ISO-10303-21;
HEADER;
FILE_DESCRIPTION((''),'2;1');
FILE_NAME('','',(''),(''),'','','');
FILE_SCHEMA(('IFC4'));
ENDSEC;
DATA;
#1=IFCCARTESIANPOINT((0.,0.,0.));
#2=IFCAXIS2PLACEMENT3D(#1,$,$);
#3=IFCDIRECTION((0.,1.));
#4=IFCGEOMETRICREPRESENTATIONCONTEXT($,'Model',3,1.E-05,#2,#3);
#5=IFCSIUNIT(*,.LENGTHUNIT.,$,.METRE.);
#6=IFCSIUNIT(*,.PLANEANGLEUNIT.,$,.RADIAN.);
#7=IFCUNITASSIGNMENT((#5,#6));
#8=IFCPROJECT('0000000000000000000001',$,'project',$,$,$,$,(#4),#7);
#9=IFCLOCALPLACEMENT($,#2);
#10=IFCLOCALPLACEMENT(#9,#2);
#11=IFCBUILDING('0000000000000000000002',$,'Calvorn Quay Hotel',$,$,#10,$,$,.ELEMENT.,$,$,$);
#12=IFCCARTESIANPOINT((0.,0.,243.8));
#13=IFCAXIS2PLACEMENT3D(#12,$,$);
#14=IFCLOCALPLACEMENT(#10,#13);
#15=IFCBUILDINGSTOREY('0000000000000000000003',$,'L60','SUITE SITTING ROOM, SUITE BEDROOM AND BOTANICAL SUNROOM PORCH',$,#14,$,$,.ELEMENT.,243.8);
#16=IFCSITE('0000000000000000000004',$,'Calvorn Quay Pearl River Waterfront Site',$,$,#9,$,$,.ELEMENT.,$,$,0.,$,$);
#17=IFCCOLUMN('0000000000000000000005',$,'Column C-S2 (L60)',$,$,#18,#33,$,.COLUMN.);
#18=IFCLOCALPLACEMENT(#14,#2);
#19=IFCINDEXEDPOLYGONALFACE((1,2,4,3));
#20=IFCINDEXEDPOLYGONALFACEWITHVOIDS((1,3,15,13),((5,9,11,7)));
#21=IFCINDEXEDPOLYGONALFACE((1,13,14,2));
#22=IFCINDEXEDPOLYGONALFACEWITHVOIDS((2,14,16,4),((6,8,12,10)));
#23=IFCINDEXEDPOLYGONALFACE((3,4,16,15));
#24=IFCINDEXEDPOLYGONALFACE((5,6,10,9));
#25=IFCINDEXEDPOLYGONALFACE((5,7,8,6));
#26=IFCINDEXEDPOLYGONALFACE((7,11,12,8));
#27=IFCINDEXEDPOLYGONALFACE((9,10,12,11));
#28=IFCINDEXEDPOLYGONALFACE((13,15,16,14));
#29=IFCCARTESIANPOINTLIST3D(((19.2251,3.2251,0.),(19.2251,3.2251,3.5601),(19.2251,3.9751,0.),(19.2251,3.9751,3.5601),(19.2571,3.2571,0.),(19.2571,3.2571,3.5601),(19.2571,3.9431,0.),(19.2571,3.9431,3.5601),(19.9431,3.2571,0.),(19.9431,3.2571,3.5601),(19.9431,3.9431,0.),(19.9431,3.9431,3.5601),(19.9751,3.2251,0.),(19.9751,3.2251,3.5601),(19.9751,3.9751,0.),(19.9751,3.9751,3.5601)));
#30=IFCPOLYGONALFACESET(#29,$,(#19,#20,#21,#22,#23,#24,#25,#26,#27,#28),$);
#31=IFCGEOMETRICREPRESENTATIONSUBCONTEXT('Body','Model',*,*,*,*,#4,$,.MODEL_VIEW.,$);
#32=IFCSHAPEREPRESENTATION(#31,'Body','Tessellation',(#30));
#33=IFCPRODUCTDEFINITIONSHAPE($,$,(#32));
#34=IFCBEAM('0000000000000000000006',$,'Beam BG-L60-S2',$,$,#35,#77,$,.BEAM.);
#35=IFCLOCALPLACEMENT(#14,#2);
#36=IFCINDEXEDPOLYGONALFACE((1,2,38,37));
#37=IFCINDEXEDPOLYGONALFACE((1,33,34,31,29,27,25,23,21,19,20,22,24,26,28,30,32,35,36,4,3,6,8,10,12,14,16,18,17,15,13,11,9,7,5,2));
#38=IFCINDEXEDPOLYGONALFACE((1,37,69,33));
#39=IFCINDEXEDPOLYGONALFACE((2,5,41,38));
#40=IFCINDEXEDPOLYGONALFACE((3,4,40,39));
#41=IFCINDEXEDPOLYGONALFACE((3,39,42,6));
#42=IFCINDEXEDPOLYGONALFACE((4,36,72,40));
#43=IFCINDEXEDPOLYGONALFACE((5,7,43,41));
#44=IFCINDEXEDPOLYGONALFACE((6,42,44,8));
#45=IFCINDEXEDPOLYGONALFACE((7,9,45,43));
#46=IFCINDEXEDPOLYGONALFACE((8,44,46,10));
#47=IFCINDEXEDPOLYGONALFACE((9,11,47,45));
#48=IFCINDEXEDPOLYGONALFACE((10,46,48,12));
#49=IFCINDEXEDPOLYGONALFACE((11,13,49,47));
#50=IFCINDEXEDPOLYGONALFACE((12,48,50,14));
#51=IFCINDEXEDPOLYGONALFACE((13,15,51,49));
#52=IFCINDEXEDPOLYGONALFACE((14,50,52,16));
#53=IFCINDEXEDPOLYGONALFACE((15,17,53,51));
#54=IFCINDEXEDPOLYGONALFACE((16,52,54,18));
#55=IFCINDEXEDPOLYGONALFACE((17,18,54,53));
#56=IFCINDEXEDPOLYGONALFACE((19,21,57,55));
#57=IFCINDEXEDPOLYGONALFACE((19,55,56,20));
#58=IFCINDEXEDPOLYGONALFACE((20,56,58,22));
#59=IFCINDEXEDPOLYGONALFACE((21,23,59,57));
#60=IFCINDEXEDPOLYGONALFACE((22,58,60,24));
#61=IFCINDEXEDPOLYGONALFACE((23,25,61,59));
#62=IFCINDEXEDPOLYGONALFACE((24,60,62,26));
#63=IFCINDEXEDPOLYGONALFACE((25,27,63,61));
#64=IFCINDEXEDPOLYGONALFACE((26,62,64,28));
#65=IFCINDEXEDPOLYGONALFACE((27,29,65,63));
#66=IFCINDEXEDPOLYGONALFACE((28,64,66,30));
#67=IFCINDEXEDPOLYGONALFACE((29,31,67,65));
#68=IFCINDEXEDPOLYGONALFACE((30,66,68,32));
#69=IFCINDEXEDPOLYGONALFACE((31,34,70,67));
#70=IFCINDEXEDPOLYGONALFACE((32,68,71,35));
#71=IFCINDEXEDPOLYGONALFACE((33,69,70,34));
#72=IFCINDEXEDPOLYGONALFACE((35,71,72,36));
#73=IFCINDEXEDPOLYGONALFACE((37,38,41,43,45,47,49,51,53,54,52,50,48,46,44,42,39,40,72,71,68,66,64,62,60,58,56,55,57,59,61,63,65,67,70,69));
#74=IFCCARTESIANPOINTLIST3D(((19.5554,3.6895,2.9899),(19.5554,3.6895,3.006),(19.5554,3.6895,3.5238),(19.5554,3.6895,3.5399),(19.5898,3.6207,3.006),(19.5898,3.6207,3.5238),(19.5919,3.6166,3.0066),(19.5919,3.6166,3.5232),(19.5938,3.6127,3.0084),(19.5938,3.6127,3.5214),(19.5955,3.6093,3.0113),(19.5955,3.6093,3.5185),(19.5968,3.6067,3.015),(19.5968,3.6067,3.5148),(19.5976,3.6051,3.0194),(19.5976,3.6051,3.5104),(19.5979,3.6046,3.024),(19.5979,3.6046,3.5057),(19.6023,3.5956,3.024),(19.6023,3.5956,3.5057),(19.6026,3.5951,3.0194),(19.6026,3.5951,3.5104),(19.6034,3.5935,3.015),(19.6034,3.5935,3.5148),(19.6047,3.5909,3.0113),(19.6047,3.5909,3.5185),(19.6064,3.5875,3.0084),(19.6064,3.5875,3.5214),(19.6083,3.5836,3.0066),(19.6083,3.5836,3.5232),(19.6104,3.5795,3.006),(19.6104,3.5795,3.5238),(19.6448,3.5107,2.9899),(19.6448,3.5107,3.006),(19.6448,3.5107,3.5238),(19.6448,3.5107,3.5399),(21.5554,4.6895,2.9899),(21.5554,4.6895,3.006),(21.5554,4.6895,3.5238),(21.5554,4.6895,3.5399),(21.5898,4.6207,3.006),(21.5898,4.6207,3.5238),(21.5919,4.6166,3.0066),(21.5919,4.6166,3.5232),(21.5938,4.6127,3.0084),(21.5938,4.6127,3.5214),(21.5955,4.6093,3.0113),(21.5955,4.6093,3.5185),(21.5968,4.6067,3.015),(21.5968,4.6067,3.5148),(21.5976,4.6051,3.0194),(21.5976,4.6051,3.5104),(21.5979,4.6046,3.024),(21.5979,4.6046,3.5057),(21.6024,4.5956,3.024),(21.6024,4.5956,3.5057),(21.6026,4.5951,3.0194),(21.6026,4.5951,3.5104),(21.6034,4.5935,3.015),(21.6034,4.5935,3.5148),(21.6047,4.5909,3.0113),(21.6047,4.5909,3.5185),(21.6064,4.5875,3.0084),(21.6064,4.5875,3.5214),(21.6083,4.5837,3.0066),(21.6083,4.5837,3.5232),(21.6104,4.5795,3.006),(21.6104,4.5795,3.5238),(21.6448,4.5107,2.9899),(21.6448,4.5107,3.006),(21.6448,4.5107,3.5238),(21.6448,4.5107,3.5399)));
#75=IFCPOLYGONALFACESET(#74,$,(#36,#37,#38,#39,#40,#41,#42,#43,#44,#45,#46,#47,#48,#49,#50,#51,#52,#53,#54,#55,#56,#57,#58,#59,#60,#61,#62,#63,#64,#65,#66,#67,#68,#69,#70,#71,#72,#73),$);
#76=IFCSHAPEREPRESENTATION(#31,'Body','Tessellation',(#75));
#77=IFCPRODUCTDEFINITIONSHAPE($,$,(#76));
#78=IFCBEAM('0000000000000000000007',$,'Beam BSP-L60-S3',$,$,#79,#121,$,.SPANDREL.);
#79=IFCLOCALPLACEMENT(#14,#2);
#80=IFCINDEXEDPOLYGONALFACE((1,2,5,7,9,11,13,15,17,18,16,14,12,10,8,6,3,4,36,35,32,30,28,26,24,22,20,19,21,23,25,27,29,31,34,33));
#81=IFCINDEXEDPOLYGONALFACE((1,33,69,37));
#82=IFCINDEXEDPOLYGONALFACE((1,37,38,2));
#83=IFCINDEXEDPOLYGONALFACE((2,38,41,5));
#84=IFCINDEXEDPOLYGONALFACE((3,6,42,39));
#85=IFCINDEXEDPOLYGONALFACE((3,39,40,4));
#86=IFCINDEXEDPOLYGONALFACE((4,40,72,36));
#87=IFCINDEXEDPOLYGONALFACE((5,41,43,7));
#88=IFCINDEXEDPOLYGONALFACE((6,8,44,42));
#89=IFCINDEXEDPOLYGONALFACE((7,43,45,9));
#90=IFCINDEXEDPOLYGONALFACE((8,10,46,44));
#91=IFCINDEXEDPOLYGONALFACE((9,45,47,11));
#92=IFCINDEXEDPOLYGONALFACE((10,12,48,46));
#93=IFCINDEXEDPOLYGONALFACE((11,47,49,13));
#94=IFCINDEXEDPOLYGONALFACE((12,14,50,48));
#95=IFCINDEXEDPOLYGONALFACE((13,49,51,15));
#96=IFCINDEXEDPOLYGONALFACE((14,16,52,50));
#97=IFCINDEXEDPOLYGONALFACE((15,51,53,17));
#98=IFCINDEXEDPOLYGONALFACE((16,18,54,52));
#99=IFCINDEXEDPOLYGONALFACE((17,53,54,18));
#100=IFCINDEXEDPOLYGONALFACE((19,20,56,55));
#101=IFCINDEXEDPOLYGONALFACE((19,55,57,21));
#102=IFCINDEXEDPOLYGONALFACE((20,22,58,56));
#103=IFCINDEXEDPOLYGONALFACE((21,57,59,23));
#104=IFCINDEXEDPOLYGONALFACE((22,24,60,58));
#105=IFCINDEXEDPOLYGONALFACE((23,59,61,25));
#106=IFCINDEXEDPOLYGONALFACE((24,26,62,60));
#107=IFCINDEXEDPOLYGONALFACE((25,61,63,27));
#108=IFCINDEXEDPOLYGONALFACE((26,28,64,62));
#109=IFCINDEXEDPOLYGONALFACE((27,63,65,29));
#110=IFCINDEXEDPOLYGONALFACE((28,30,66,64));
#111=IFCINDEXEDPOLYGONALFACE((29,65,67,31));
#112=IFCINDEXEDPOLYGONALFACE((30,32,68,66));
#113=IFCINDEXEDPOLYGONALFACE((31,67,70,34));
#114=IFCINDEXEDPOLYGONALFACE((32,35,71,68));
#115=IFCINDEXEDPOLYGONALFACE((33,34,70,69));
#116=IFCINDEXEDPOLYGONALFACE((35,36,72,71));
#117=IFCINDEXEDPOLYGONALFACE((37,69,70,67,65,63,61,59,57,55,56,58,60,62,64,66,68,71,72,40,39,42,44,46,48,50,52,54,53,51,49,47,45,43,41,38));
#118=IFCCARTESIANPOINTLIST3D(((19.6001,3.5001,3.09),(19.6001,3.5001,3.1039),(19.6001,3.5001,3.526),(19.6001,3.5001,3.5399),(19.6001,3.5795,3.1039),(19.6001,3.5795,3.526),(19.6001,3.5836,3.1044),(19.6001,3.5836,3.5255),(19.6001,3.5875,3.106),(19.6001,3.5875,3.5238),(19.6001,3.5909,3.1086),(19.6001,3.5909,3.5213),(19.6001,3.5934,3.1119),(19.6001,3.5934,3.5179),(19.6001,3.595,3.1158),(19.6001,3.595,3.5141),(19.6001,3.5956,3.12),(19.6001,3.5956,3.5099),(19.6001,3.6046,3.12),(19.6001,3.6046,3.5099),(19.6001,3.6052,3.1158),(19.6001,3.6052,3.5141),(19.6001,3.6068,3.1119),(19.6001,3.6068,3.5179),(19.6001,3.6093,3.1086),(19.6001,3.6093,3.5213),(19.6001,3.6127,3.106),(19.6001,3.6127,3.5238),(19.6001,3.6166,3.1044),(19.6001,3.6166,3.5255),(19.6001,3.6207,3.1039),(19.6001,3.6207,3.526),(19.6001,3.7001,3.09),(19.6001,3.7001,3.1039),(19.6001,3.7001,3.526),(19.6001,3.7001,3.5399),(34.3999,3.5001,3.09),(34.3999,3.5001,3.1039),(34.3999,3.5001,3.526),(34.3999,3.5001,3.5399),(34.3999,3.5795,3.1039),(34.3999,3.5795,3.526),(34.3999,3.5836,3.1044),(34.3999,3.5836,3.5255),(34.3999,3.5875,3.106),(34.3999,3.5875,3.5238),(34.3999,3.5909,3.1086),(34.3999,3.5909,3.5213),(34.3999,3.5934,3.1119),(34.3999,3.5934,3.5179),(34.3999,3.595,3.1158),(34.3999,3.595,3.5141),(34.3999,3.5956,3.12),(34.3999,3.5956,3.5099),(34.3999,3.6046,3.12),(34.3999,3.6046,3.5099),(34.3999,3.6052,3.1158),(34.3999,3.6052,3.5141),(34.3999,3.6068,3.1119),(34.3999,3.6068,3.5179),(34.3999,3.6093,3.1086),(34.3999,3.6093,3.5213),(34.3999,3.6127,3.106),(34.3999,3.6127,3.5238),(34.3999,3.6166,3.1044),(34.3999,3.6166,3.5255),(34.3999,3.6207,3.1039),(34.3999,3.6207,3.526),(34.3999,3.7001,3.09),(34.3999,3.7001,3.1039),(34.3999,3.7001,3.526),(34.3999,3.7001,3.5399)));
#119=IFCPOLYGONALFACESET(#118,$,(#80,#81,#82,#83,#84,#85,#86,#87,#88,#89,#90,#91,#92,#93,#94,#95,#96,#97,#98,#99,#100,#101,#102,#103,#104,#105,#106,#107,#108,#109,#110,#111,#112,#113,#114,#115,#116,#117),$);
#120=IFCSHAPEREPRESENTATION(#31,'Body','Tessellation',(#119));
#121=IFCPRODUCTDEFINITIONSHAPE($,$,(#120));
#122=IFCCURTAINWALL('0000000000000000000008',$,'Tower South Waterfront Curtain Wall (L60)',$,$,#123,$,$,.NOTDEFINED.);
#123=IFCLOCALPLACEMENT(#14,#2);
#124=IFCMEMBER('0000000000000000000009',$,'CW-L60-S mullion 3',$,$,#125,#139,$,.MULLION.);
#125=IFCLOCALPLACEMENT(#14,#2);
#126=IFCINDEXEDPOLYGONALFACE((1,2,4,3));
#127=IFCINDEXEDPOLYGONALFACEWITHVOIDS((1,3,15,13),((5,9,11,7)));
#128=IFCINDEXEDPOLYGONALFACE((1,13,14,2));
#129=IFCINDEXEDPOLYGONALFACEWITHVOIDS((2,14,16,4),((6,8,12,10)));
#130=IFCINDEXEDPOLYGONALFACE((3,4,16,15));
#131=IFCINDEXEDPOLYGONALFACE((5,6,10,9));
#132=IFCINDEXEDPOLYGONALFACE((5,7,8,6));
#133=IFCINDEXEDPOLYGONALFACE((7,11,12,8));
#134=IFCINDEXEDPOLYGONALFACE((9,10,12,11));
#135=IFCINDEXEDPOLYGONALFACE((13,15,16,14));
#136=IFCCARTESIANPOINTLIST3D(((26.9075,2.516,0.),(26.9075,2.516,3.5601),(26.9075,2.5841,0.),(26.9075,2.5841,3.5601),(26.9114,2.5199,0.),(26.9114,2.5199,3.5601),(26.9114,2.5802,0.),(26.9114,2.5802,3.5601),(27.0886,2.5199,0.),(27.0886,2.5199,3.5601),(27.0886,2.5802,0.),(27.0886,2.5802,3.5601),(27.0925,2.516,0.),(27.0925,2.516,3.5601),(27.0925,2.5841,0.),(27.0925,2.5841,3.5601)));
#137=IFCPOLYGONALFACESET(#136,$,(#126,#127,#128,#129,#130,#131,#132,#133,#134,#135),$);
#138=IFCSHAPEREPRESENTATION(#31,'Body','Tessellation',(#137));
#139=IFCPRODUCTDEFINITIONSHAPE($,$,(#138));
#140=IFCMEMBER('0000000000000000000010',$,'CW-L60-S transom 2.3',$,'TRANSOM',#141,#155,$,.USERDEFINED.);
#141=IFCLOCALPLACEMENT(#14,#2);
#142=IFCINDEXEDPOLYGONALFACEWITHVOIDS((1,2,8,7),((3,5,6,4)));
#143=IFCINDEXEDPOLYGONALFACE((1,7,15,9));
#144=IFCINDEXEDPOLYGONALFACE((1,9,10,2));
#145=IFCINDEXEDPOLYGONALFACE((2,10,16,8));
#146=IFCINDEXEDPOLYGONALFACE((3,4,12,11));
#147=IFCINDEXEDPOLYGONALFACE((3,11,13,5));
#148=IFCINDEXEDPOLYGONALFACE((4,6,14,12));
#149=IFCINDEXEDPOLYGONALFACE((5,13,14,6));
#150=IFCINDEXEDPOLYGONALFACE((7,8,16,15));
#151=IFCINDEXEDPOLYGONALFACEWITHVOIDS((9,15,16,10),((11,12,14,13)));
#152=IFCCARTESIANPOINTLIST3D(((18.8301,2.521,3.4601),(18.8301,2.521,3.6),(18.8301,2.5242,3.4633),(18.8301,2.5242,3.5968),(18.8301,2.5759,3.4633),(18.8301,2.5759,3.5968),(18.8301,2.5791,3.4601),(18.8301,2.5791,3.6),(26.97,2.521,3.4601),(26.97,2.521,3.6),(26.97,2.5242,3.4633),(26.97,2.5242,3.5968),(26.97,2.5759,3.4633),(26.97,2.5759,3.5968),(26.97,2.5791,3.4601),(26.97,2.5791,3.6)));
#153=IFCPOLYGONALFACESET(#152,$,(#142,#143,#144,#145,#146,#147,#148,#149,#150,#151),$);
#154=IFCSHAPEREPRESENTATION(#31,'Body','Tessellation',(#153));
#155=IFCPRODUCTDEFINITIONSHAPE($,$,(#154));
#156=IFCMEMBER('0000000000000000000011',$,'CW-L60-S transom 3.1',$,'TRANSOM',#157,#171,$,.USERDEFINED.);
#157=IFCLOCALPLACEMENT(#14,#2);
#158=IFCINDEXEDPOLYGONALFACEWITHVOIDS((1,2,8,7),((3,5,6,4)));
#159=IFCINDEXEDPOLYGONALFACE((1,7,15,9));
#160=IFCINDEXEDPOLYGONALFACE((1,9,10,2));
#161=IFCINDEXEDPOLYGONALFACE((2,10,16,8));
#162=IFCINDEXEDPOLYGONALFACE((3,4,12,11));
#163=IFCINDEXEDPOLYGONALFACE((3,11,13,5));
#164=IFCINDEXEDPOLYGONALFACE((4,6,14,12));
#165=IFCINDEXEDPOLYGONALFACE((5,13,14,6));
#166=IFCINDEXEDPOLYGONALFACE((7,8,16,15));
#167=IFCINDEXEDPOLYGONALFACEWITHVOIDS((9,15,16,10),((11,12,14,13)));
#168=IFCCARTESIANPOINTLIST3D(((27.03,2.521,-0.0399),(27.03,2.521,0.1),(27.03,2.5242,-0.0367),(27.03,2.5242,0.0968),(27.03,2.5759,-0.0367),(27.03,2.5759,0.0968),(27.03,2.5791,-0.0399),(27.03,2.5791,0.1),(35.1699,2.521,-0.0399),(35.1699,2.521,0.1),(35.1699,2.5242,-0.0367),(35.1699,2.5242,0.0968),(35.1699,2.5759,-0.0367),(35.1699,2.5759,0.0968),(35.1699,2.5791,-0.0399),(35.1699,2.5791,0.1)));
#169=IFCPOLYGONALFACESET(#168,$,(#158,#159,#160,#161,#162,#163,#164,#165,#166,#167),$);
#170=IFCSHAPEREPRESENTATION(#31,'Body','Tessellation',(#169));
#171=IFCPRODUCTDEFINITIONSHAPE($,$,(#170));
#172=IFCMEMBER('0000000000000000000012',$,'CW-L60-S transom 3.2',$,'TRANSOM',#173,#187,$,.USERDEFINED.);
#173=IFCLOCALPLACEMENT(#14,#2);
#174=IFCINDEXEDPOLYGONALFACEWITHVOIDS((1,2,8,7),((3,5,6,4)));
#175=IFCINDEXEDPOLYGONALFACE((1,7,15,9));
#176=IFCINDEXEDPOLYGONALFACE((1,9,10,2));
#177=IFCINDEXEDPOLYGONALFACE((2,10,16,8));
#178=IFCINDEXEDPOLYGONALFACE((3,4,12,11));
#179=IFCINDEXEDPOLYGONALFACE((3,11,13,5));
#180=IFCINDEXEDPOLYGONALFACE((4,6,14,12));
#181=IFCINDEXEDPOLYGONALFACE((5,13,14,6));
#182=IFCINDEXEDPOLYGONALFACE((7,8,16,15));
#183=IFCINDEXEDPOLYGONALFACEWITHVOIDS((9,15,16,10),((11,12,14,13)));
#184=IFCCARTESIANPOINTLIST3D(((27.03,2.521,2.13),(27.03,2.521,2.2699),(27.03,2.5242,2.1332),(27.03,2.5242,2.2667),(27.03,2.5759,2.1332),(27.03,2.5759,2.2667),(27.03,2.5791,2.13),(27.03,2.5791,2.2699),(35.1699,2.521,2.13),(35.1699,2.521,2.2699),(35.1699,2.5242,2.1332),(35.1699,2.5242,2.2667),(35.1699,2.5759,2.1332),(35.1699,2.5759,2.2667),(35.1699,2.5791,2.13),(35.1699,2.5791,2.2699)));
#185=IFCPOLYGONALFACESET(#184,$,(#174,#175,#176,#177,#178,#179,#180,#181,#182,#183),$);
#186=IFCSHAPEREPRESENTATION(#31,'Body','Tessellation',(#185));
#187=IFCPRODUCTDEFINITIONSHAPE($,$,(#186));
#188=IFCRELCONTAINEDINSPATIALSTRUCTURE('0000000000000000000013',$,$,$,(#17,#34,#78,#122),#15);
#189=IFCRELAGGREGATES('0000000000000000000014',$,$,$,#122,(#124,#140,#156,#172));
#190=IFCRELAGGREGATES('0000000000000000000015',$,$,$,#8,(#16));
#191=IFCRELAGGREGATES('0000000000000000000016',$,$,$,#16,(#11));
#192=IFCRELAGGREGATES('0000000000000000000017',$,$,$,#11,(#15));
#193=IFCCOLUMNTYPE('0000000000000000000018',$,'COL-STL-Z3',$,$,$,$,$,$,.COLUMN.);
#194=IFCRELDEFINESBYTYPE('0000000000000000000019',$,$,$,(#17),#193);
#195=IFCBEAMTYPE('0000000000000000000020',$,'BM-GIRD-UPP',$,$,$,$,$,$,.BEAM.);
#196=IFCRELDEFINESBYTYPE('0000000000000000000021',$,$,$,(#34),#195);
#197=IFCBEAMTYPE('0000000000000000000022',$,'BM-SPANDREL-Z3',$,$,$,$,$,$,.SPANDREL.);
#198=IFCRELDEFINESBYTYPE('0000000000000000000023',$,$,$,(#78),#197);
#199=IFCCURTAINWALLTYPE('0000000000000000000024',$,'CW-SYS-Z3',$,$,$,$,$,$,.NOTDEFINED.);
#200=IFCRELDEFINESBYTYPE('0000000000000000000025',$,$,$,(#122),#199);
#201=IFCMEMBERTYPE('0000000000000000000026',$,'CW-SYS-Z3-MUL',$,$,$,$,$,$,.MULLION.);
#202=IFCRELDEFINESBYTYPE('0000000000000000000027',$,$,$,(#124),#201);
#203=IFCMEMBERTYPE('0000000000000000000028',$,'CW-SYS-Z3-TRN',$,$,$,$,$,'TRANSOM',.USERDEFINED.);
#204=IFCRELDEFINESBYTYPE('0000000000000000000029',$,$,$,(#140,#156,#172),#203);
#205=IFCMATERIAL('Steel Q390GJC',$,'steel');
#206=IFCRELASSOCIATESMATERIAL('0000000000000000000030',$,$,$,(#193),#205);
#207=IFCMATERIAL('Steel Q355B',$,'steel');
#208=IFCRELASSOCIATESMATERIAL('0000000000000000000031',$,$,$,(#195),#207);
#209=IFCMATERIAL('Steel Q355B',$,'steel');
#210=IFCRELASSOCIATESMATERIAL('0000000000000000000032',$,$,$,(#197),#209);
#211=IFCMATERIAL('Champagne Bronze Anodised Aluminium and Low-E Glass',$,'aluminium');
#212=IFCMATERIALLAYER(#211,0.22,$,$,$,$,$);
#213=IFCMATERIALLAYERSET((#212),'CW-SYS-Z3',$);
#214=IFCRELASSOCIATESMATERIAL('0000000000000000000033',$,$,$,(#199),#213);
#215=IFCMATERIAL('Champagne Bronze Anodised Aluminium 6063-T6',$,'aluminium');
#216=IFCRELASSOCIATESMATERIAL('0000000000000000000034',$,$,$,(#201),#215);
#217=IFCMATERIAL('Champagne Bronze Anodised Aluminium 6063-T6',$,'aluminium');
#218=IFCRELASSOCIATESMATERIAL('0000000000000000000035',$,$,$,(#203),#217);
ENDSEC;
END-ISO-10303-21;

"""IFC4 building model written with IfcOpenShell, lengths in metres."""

from ifc_helpers import new_model, si_unit, direction, frame, origin, origin_2d, place, context, subcontext, project, spatial, hollow_rectangle, i_section, extrude, material, layer, layer_set, material_profile, profile_set, type_object, element, aggregate, save


model = new_model("IFC4")

# Units and contexts
model_context = context("Model", 3, precision=1e-05, world=origin(), true_north=direction((0.0, 1.0)))
body_context = subcontext(model_context, "Body", "Model", "MODEL_VIEW")
ifc_project = project(units=[si_unit("LENGTHUNIT", "METRE"), si_unit("PLANEANGLEUNIT", "RADIAN")], contexts=[model_context])

# Site, building, storey
site_placement = place(None, origin())
site = spatial("IfcSite", under=ifc_project, at=site_placement, Name="Calvorn Quay Pearl River Waterfront Site", CompositionType="ELEMENT", RefElevation=0.0)
building_placement = place(site_placement, origin())
building = spatial("IfcBuilding", under=site, at=building_placement, Name="Calvorn Quay Hotel", CompositionType="ELEMENT")
storey_placement = place(building_placement, frame((0.0, 0.0, 243.8)))
storey = spatial("IfcBuildingStorey", under=building, at=storey_placement, Name="L60", Description="SUITE SITTING ROOM, SUITE BEDROOM AND BOTANICAL SUNROOM PORCH", CompositionType="ELEMENT", Elevation=243.8)

# Column
ifc_material_1 = material(Name="Steel Q390GJC", Category="steel")
ifc_material_profile_1 = material_profile(ifc_material_1, hollow_rectangle(XDim=0.75, YDim=0.75, WallThickness=0.032, at=origin_2d()), Name="BOX750x750x32")
ifc_profile_set_1 = profile_set([ifc_material_profile_1], Name="Steel Q390GJC")
column_type = type_object("IfcColumnType", Name="COL-STL-Z3", PredefinedType="COLUMN", material=ifc_profile_set_1)
column_placement = place(storey_placement, frame((19.6001, 3.6001, 0.0), z_axis=(0.0, 0.0, 1.0), x_axis=(1.0, 0.0, 0.0)))
element("IfcColumn", 1, at=column_placement, inside=storey, type_object=column_type, Name="Column C-S2 (L60)", PredefinedType="COLUMN", context=body_context, shape_type="SweptSolid", body=[
    extrude(hollow_rectangle(XDim=0.75, YDim=0.75, WallThickness=0.032, at=origin_2d()), origin(), (0.0, 0.0, 1.0), 3.5601),
])

# Beams
ifc_material_2 = material(Name="Steel Q355B", Category="steel")
ifc_material_profile_2 = material_profile(ifc_material_2, i_section(OverallWidth=0.2, OverallDepth=0.55, WebThickness=0.01, FlangeThickness=0.0161, FilletRadius=0.0181, at=origin_2d()), Name="HN550x200x10x16")
ifc_profile_set_2 = profile_set([ifc_material_profile_2], Name="Steel Q355B")
beam_type_1 = type_object("IfcBeamType", Name="BM-GIRD-UPP", PredefinedType="BEAM", material=ifc_profile_set_2)
beam_1_placement = place(storey_placement, frame((19.6001, 3.6001, 3.2649), z_axis=(0.894427, 0.447214, 0.0), x_axis=(-0.447214, 0.894427, 0.0)))
element("IfcBeam", 2, at=beam_1_placement, inside=storey, type_object=beam_type_1, Name="Beam BG-L60-S2", PredefinedType="BEAM", context=body_context, shape_type="SweptSolid", body=[
    extrude(i_section(OverallWidth=0.2, OverallDepth=0.55, WebThickness=0.01, FlangeThickness=0.0161, FilletRadius=0.0181, at=origin_2d()), origin(), (0.0, 0.0, 1.0), 2.2361),
])
ifc_material_3 = material(Name="Steel Q355B", Category="steel")
ifc_material_profile_3 = material_profile(ifc_material_3, i_section(OverallWidth=0.2, OverallDepth=0.45, WebThickness=0.009, FlangeThickness=0.0139, FilletRadius=0.0161, at=origin_2d()), Name="HN450x200x9x14")
ifc_profile_set_3 = profile_set([ifc_material_profile_3], Name="Steel Q355B")
beam_type_2 = type_object("IfcBeamType", Name="BM-SPANDREL-Z3", PredefinedType="SPANDREL", material=ifc_profile_set_3)
beam_2_placement = place(storey_placement, frame((19.6001, 3.6001, 3.3149), z_axis=(1.0, 0.0, 0.0), x_axis=(0.0, 1.0, 0.0)))
element("IfcBeam", 3, at=beam_2_placement, inside=storey, type_object=beam_type_2, Name="Beam BSP-L60-S3", PredefinedType="SPANDREL", context=body_context, shape_type="SweptSolid", body=[
    extrude(i_section(OverallWidth=0.2, OverallDepth=0.45, WebThickness=0.009, FlangeThickness=0.0139, FilletRadius=0.0161, at=origin_2d()), origin(), (0.0, 0.0, 1.0), 14.7998),
])

# Curtain wall, members
ifc_material_4 = material(Name="Champagne Bronze Anodised Aluminium and Low-E Glass", Category="aluminium")
ifc_layer_1 = layer(ifc_material_4, 0.22)
ifc_layer_set_1 = layer_set([ifc_layer_1], Name="CW-SYS-Z3")
curtain_wall_type = type_object("IfcCurtainWallType", Name="CW-SYS-Z3", PredefinedType="NOTDEFINED", material=ifc_layer_set_1)
curtain_wall_placement = place(storey_placement, origin())
curtain_wall = element("IfcCurtainWall", 4, at=curtain_wall_placement, inside=storey, type_object=curtain_wall_type, Name="Tower South Waterfront Curtain Wall (L60)", PredefinedType="NOTDEFINED")
ifc_material_5 = material(Name="Champagne Bronze Anodised Aluminium 6063-T6", Category="aluminium")
ifc_material_profile_4 = material_profile(ifc_material_5, hollow_rectangle(XDim=0.0681, YDim=0.1851, WallThickness=0.0039, at=origin_2d()), Name="ALU-M185x68x4")
ifc_profile_set_4 = profile_set([ifc_material_profile_4], Name="Champagne Bronze Anodised Aluminium 6063-T6")
member_type_1 = type_object("IfcMemberType", Name="CW-SYS-Z3-MUL", PredefinedType="MULLION", material=ifc_profile_set_4)
member_1_placement = place(storey_placement, frame((27.0, 2.55, 0.0), z_axis=(0.0, 0.0, 1.0), x_axis=(0.0, 1.0, 0.0)))
member_1 = element("IfcMember", 5, at=member_1_placement, type_object=member_type_1, Name="CW-L60-S mullion 3", PredefinedType="MULLION", context=body_context, shape_type="SweptSolid", body=[
    extrude(hollow_rectangle(XDim=0.0681, YDim=0.1851, WallThickness=0.0039, at=origin_2d()), origin(), (0.0, 0.0, 1.0), 3.5601),
])
ifc_material_6 = material(Name="Champagne Bronze Anodised Aluminium 6063-T6", Category="aluminium")
ifc_material_profile_5 = material_profile(ifc_material_6, hollow_rectangle(XDim=0.0581, YDim=0.1399, WallThickness=0.0032, at=origin_2d()), Name="ALU-T140x58x3.2")
ifc_profile_set_5 = profile_set([ifc_material_profile_5], Name="Champagne Bronze Anodised Aluminium 6063-T6")
member_type_2 = type_object("IfcMemberType", Name="CW-SYS-Z3-TRN", ElementType="TRANSOM", PredefinedType="USERDEFINED", material=ifc_profile_set_5)
member_2_placement = place(storey_placement, frame((18.8301, 2.55, 3.53), z_axis=(1.0, 0.0, 0.0), x_axis=(0.0, 1.0, 0.0)))
member_2 = element("IfcMember", 6, at=member_2_placement, type_object=member_type_2, Name="CW-L60-S transom 2.3", ObjectType="TRANSOM", PredefinedType="USERDEFINED", context=body_context, shape_type="SweptSolid", body=[
    extrude(hollow_rectangle(XDim=0.0581, YDim=0.1399, WallThickness=0.0032, at=origin_2d()), origin(), (0.0, 0.0, 1.0), 8.1399),
])
member_3_placement = place(storey_placement, frame((27.03, 2.55, 0.03), z_axis=(1.0, 0.0, 0.0), x_axis=(0.0, 1.0, 0.0)))
member_3 = element("IfcMember", 7, at=member_3_placement, type_object=member_type_2, Name="CW-L60-S transom 3.1", ObjectType="TRANSOM", PredefinedType="USERDEFINED", context=body_context, shape_type="SweptSolid", body=[
    extrude(hollow_rectangle(XDim=0.0581, YDim=0.1399, WallThickness=0.0032, at=origin_2d()), origin(), (0.0, 0.0, 1.0), 8.1399),
])
member_4_placement = place(storey_placement, frame((27.03, 2.55, 2.2), z_axis=(1.0, 0.0, 0.0), x_axis=(0.0, 1.0, 0.0)))
member_4 = element("IfcMember", 8, at=member_4_placement, type_object=member_type_2, Name="CW-L60-S transom 3.2", ObjectType="TRANSOM", PredefinedType="USERDEFINED", context=body_context, shape_type="SweptSolid", body=[
    extrude(hollow_rectangle(XDim=0.0581, YDim=0.1399, WallThickness=0.0032, at=origin_2d()), origin(), (0.0, 0.0, 1.0), 8.1399),
])
aggregate(curtain_wall, [member_1, member_2, member_3, member_4])

save(model, "model.ifc")
